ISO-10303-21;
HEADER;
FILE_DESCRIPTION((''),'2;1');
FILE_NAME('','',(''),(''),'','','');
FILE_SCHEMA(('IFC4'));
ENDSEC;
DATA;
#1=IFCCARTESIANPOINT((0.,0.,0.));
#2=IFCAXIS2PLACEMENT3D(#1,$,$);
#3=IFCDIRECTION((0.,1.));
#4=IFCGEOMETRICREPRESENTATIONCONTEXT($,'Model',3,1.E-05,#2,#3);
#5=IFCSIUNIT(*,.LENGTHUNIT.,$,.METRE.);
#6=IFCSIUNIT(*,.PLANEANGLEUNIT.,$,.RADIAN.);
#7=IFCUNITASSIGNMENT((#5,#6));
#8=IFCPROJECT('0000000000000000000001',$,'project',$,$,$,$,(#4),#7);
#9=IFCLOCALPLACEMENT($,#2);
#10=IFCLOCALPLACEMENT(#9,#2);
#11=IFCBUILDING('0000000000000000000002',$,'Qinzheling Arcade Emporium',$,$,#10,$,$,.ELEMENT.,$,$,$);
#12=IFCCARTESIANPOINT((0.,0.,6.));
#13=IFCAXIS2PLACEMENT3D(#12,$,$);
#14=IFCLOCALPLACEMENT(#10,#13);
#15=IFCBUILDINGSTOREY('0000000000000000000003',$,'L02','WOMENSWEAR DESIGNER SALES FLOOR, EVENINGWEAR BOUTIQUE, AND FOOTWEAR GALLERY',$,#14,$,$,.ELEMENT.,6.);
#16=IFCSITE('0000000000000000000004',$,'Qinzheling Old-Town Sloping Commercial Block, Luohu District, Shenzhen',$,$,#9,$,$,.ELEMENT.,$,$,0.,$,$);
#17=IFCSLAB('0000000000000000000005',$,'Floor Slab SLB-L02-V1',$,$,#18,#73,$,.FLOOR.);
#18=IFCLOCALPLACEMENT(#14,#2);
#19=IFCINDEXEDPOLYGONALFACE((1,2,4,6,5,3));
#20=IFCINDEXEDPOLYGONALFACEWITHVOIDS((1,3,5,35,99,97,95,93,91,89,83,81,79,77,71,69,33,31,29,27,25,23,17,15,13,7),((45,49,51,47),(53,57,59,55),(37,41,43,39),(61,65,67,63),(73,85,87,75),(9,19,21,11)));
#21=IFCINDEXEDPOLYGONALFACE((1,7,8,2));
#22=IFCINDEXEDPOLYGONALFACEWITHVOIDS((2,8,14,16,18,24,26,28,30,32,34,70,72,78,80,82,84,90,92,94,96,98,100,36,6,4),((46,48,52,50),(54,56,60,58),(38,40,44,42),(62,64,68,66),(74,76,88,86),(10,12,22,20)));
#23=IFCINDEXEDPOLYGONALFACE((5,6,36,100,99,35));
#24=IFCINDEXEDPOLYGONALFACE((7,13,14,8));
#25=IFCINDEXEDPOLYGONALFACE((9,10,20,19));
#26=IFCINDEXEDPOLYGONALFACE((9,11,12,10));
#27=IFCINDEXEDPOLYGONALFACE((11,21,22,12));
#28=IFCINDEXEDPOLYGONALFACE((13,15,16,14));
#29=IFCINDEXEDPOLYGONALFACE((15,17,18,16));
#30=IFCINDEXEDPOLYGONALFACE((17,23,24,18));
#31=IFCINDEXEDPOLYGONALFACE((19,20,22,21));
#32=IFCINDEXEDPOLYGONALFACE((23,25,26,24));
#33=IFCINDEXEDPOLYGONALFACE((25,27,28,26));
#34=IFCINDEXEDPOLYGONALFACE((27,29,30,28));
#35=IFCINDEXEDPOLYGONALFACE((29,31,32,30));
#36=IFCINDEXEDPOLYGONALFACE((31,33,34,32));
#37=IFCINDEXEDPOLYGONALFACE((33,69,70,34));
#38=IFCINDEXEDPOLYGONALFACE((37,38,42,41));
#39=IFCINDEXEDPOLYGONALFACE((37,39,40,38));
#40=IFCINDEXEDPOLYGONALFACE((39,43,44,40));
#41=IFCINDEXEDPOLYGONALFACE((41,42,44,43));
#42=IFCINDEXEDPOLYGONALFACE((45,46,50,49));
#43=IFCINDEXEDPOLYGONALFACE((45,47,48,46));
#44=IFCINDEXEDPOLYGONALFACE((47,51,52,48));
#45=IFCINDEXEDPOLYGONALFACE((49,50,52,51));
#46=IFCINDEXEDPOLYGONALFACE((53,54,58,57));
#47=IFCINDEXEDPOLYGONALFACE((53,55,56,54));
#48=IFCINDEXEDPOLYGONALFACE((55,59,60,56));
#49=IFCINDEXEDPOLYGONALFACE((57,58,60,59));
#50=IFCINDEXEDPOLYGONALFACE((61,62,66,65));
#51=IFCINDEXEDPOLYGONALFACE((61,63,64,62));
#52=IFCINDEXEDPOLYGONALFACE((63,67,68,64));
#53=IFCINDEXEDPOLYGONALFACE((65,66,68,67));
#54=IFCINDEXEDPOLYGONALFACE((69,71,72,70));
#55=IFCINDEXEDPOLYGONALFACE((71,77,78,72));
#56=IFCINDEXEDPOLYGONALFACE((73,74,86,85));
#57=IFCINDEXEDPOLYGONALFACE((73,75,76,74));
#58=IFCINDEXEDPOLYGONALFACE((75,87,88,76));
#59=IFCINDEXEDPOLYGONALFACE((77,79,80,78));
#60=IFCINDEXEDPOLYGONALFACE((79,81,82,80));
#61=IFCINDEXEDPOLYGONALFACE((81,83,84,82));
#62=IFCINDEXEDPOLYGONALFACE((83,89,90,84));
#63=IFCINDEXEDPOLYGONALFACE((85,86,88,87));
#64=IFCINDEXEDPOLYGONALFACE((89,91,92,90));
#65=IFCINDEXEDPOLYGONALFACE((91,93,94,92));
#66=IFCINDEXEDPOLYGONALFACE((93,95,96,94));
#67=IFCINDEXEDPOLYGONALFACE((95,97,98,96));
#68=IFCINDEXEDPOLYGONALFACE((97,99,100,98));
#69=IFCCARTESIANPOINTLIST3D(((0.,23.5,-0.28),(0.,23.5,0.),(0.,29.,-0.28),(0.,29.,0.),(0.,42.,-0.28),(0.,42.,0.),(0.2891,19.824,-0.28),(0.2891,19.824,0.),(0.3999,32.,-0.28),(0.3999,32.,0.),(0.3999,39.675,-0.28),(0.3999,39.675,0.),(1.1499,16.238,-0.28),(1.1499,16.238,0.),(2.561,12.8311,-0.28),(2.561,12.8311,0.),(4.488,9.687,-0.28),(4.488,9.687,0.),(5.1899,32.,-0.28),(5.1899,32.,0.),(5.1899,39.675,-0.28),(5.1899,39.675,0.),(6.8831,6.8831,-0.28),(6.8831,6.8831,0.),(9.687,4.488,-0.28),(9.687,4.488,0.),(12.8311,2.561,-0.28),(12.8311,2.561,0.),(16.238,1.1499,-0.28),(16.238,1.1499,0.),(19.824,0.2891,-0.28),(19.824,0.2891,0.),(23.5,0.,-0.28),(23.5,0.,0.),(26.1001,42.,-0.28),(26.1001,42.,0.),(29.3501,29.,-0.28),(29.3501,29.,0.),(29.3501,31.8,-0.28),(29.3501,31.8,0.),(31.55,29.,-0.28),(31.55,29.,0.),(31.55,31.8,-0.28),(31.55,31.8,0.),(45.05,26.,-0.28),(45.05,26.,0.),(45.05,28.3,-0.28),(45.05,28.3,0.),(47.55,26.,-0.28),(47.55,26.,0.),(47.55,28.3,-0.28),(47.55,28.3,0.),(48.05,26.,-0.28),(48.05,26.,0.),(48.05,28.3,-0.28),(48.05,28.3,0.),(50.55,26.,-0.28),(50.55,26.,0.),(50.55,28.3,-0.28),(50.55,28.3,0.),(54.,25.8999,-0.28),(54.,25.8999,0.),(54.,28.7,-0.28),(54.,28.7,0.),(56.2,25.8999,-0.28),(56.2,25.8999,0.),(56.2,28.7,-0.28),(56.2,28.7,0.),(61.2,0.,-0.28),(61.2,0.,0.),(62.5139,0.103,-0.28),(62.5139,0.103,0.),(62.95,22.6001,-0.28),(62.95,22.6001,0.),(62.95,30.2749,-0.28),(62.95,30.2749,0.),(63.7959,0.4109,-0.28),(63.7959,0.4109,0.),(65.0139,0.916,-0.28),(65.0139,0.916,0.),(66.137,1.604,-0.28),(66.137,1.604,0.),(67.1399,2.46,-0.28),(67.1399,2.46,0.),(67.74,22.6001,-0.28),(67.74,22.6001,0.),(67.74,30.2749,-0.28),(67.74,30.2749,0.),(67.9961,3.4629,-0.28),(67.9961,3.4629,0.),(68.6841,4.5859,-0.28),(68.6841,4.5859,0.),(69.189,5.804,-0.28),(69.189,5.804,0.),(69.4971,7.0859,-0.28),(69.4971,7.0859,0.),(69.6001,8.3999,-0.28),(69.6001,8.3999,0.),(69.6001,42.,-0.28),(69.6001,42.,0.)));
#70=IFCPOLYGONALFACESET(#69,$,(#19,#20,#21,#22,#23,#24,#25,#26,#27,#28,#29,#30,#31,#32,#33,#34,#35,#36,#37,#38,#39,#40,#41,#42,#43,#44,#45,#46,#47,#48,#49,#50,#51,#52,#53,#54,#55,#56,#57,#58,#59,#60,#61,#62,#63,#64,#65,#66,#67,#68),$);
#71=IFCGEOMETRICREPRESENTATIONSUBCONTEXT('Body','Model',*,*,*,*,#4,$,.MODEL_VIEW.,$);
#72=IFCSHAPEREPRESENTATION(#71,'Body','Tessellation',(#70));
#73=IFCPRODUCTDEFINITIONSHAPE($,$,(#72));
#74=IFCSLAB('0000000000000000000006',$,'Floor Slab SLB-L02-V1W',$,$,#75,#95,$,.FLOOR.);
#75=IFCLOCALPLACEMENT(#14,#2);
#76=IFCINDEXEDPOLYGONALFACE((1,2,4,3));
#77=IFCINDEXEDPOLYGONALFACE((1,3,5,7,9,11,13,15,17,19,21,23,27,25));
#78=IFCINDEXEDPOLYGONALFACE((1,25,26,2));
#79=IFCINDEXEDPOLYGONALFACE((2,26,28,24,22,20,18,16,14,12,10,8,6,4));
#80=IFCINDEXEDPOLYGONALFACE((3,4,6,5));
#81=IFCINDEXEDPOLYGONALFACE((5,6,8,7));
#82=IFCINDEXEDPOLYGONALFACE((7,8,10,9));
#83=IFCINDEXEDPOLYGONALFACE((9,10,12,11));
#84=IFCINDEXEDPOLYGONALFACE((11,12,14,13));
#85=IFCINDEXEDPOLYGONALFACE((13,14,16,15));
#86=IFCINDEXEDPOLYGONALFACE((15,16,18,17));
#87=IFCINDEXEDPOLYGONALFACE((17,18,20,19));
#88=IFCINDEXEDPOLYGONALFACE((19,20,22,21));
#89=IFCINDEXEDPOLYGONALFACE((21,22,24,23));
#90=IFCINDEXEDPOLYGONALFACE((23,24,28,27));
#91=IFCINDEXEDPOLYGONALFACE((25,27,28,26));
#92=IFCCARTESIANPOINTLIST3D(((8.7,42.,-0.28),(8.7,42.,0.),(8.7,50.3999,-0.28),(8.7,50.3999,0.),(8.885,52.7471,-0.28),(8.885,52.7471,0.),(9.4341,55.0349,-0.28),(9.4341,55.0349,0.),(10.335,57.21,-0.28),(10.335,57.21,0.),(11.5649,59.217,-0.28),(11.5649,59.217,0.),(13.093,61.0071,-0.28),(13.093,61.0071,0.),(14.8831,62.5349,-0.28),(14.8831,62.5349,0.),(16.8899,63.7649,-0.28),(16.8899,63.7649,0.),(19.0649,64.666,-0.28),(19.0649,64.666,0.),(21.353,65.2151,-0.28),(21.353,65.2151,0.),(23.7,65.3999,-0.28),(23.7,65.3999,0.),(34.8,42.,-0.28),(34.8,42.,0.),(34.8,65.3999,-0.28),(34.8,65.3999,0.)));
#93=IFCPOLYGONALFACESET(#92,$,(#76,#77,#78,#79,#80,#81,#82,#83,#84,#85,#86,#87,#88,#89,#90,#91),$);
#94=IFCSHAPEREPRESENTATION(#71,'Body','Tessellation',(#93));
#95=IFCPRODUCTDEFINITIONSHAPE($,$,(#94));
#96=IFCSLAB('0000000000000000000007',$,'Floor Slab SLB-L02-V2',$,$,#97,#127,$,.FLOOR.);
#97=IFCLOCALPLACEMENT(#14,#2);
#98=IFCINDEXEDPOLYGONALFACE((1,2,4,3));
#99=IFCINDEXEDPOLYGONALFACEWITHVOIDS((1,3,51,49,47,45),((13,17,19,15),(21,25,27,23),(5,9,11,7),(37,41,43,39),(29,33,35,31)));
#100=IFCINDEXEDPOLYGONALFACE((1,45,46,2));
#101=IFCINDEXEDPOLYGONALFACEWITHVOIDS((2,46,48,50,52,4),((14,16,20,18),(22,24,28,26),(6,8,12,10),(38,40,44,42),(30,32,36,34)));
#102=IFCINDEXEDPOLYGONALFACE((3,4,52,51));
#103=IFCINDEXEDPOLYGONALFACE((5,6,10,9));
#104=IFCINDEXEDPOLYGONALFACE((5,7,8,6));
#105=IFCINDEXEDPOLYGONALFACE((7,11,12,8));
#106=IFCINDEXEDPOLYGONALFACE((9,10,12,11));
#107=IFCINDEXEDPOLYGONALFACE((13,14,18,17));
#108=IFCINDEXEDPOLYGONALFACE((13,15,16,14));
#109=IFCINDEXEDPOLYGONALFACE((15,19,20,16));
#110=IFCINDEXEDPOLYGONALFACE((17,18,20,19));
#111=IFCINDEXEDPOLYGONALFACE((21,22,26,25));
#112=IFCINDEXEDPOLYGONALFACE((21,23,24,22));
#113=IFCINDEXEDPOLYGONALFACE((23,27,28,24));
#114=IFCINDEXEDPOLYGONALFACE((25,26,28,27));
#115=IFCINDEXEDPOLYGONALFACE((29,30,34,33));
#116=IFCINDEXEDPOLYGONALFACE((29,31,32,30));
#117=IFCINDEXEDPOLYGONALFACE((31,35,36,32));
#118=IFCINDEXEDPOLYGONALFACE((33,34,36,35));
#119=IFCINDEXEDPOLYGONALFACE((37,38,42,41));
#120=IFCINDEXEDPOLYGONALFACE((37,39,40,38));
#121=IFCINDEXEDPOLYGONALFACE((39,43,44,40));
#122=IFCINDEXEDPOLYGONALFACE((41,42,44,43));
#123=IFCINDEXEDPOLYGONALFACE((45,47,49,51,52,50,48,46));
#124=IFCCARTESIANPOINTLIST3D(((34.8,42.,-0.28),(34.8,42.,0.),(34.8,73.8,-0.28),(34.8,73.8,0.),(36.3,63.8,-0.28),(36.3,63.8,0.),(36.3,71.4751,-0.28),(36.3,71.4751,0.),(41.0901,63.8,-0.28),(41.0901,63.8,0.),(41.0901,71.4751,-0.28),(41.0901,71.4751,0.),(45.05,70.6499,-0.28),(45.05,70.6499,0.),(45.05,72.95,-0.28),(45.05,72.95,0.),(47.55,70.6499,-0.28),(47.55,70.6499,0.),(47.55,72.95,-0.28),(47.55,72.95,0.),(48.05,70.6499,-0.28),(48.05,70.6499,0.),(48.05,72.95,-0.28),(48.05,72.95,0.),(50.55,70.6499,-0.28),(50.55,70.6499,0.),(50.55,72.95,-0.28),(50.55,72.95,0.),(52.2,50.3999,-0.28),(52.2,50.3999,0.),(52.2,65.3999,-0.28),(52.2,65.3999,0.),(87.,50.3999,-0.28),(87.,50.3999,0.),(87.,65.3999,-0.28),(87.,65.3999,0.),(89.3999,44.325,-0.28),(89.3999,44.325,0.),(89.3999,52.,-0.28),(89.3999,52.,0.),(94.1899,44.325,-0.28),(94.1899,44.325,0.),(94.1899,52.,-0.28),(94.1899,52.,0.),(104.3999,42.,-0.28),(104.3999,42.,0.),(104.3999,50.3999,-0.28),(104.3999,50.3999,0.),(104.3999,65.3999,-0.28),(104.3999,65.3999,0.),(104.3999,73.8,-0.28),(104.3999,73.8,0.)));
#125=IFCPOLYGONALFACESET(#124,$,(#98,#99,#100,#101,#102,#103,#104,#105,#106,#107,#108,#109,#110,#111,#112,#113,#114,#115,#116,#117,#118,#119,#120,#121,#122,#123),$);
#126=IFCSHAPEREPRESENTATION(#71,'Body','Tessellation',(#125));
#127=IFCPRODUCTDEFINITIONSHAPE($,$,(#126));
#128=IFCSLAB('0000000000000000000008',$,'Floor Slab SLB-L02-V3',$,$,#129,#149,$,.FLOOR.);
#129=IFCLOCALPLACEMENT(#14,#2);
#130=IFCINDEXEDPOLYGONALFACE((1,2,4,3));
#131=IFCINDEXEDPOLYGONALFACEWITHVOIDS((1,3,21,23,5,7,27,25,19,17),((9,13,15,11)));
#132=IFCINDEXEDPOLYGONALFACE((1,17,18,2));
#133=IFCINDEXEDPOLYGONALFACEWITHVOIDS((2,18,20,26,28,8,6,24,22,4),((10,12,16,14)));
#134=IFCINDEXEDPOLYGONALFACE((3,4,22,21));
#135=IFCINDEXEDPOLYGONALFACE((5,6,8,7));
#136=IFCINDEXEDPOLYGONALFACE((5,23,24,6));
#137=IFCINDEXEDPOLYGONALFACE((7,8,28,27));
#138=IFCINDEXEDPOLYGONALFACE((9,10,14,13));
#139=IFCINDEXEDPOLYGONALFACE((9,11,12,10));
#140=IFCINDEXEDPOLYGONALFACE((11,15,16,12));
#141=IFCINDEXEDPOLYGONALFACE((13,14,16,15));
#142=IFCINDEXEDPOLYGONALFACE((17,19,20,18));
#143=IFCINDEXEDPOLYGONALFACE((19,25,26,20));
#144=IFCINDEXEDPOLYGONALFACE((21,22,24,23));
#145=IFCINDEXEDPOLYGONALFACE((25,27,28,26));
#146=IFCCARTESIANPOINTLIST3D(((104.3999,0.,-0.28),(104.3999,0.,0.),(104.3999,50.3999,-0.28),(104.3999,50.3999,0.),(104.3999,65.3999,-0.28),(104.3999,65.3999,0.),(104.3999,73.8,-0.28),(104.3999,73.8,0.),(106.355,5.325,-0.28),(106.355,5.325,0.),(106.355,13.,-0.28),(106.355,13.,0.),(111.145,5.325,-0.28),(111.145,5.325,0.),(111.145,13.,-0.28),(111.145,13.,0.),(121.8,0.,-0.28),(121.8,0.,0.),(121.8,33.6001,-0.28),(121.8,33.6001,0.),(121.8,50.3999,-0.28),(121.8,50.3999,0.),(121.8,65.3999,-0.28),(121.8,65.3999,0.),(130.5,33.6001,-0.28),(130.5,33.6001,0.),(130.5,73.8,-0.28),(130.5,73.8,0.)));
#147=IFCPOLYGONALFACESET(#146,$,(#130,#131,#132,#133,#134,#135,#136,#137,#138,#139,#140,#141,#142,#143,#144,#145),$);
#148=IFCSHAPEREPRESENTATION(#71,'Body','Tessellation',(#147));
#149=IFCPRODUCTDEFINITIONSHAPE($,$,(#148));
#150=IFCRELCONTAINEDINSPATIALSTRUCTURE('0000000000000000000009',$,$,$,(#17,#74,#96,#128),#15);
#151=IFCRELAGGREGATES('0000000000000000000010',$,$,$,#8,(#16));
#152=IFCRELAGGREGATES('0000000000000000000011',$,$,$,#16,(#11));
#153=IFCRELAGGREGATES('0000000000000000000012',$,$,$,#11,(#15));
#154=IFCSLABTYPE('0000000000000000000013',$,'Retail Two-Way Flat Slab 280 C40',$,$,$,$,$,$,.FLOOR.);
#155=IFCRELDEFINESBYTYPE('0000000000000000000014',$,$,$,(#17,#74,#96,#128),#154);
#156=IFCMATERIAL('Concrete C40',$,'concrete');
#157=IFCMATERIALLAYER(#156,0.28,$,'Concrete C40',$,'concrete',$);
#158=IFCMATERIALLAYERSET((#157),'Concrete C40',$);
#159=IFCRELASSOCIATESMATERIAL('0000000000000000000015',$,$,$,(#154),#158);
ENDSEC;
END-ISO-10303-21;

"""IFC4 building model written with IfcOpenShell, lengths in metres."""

from ifc_helpers import new_model, si_unit, direction, frame, origin, place, context, subcontext, project, spatial, polyline, outline, extrude, material, layer, layer_set, type_object, element, save


model = new_model("IFC4")

# Units and contexts
model_context = context("Model", 3, precision=1e-05, world=origin(), true_north=direction((0.0, 1.0)))
body_context = subcontext(model_context, "Body", "Model", "MODEL_VIEW")
ifc_project = project(units=[si_unit("LENGTHUNIT", "METRE"), si_unit("PLANEANGLEUNIT", "RADIAN")], contexts=[model_context])

# Site, building, storey
site_placement = place(None, origin())
site = spatial("IfcSite", under=ifc_project, at=site_placement, Name="Qinzheling Old-Town Sloping Commercial Block, Luohu District, Shenzhen", CompositionType="ELEMENT", RefElevation=0.0)
building_placement = place(site_placement, origin())
building = spatial("IfcBuilding", under=site, at=building_placement, Name="Qinzheling Arcade Emporium", CompositionType="ELEMENT")
storey_placement = place(building_placement, frame((0.0, 0.0, 6.0)))
storey = spatial("IfcBuildingStorey", under=building, at=storey_placement, Name="L02", Description="WOMENSWEAR DESIGNER SALES FLOOR, EVENINGWEAR BOUTIQUE, AND FOOTWEAR GALLERY", CompositionType="ELEMENT", Elevation=6.0)

# Slabs
ifc_material = material(Name="Concrete C40", Category="concrete")
ifc_layer_1 = layer(ifc_material, 0.28, Name="Concrete C40", Category="concrete")
ifc_layer_set_1 = layer_set([ifc_layer_1], Name="Concrete C40")
slab_type_1 = type_object("IfcSlabType", Name="Retail Two-Way Flat Slab 280 C40", PredefinedType="FLOOR", material=ifc_layer_set_1)
slab_1_placement = place(storey_placement, frame((0.0, 0.0, -0.28)))
element("IfcSlab", 1, at=slab_1_placement, inside=storey, type_object=slab_type_1, Name="Floor Slab SLB-L02-V1", PredefinedType="FLOOR", context=body_context, shape_type="SweptSolid", body=[
    extrude(outline(polyline([(0.0, 29.0), (0.0, 23.5), (0.2891, 19.824), (1.1499, 16.238), (2.561, 12.8311), (4.488, 9.687), (6.8831, 6.8831), (9.687, 4.488), (12.8311, 2.561), (16.238, 1.1499), (19.824, 0.2891), (23.5, 0.0), (61.2, 0.0), (62.5139, 0.103), (63.7959, 0.4109), (65.0139, 0.916), (66.137, 1.604), (67.1399, 2.46), (67.9961, 3.4629), (68.6841, 4.5859), (69.189, 5.804), (69.4971, 7.0859), (69.6001, 8.3999), (69.6001, 42.0), (26.1001, 42.0), (0.0, 42.0), (0.0, 29.0)]), holes=[polyline([(67.74, 22.6001), (62.95, 22.6001), (62.95, 30.2749), (67.74, 30.2749), (67.74, 22.6001)]), polyline([(54.0, 25.8999), (54.0, 28.7), (56.2, 28.7), (56.2, 25.8999), (54.0, 25.8999)]), polyline([(50.55, 26.0), (48.05, 26.0), (48.05, 28.3), (50.55, 28.3), (50.55, 26.0)]), polyline([(47.55, 26.0), (45.05, 26.0), (45.05, 28.3), (47.55, 28.3), (47.55, 26.0)]), polyline([(29.3501, 29.0), (29.3501, 31.8), (31.55, 31.8), (31.55, 29.0), (29.3501, 29.0)]), polyline([(5.1899, 32.0), (0.3999, 32.0), (0.3999, 39.675), (5.1899, 39.675), (5.1899, 32.0)])]), origin(), (0.0, 0.0, 1.0), 0.28),
])
slab_2_placement = place(storey_placement, frame((0.0, 0.0, -0.28)))
element("IfcSlab", 2, at=slab_2_placement, inside=storey, type_object=slab_type_1, Name="Floor Slab SLB-L02-V1W", PredefinedType="FLOOR", context=body_context, shape_type="SweptSolid", body=[
    extrude(outline(polyline([(8.7, 50.3999), (8.7, 42.0), (34.8, 42.0), (34.8, 65.3999), (23.7, 65.3999), (21.353, 65.2151), (19.0649, 64.666), (16.8899, 63.7649), (14.8831, 62.5349), (13.093, 61.0071), (11.5649, 59.217), (10.335, 57.21), (9.4341, 55.0349), (8.885, 52.7471), (8.7, 50.3999)])), origin(), (0.0, 0.0, 1.0), 0.28),
])
slab_3_placement = place(storey_placement, frame((0.0, 0.0, -0.28)))
element("IfcSlab", 3, at=slab_3_placement, inside=storey, type_object=slab_type_1, Name="Floor Slab SLB-L02-V2", PredefinedType="FLOOR", context=body_context, shape_type="SweptSolid", body=[
    extrude(outline(polyline([(34.8, 42.0), (104.3999, 42.0), (104.3999, 50.3999), (104.3999, 65.3999), (104.3999, 73.8), (34.8, 73.8), (34.8, 42.0)]), holes=[polyline([(89.3999, 44.325), (89.3999, 52.0), (94.1899, 52.0), (94.1899, 44.325), (89.3999, 44.325)]), polyline([(87.0, 50.3999), (52.2, 50.3999), (52.2, 65.3999), (87.0, 65.3999), (87.0, 50.3999)]), polyline([(48.05, 70.6499), (48.05, 72.95), (50.55, 72.95), (50.55, 70.6499), (48.05, 70.6499)]), polyline([(45.05, 70.6499), (45.05, 72.95), (47.55, 72.95), (47.55, 70.6499), (45.05, 70.6499)]), polyline([(41.0901, 63.8), (36.3, 63.8), (36.3, 71.4751), (41.0901, 71.4751), (41.0901, 63.8)])]), origin(), (0.0, 0.0, 1.0), 0.28),
])
slab_4_placement = place(storey_placement, frame((0.0, 0.0, -0.28)))
element("IfcSlab", 4, at=slab_4_placement, inside=storey, type_object=slab_type_1, Name="Floor Slab SLB-L02-V3", PredefinedType="FLOOR", context=body_context, shape_type="SweptSolid", body=[
    extrude(outline(polyline([(104.3999, 0.0), (121.8, 0.0), (121.8, 33.6001), (130.5, 33.6001), (130.5, 73.8), (104.3999, 73.8), (104.3999, 65.3999), (121.8, 65.3999), (121.8, 50.3999), (104.3999, 50.3999), (104.3999, 0.0)]), holes=[polyline([(111.145, 5.325), (106.355, 5.325), (106.355, 13.0), (111.145, 13.0), (111.145, 5.325)])]), origin(), (0.0, 0.0, 1.0), 0.28),
])

save(model, "model.ifc")
